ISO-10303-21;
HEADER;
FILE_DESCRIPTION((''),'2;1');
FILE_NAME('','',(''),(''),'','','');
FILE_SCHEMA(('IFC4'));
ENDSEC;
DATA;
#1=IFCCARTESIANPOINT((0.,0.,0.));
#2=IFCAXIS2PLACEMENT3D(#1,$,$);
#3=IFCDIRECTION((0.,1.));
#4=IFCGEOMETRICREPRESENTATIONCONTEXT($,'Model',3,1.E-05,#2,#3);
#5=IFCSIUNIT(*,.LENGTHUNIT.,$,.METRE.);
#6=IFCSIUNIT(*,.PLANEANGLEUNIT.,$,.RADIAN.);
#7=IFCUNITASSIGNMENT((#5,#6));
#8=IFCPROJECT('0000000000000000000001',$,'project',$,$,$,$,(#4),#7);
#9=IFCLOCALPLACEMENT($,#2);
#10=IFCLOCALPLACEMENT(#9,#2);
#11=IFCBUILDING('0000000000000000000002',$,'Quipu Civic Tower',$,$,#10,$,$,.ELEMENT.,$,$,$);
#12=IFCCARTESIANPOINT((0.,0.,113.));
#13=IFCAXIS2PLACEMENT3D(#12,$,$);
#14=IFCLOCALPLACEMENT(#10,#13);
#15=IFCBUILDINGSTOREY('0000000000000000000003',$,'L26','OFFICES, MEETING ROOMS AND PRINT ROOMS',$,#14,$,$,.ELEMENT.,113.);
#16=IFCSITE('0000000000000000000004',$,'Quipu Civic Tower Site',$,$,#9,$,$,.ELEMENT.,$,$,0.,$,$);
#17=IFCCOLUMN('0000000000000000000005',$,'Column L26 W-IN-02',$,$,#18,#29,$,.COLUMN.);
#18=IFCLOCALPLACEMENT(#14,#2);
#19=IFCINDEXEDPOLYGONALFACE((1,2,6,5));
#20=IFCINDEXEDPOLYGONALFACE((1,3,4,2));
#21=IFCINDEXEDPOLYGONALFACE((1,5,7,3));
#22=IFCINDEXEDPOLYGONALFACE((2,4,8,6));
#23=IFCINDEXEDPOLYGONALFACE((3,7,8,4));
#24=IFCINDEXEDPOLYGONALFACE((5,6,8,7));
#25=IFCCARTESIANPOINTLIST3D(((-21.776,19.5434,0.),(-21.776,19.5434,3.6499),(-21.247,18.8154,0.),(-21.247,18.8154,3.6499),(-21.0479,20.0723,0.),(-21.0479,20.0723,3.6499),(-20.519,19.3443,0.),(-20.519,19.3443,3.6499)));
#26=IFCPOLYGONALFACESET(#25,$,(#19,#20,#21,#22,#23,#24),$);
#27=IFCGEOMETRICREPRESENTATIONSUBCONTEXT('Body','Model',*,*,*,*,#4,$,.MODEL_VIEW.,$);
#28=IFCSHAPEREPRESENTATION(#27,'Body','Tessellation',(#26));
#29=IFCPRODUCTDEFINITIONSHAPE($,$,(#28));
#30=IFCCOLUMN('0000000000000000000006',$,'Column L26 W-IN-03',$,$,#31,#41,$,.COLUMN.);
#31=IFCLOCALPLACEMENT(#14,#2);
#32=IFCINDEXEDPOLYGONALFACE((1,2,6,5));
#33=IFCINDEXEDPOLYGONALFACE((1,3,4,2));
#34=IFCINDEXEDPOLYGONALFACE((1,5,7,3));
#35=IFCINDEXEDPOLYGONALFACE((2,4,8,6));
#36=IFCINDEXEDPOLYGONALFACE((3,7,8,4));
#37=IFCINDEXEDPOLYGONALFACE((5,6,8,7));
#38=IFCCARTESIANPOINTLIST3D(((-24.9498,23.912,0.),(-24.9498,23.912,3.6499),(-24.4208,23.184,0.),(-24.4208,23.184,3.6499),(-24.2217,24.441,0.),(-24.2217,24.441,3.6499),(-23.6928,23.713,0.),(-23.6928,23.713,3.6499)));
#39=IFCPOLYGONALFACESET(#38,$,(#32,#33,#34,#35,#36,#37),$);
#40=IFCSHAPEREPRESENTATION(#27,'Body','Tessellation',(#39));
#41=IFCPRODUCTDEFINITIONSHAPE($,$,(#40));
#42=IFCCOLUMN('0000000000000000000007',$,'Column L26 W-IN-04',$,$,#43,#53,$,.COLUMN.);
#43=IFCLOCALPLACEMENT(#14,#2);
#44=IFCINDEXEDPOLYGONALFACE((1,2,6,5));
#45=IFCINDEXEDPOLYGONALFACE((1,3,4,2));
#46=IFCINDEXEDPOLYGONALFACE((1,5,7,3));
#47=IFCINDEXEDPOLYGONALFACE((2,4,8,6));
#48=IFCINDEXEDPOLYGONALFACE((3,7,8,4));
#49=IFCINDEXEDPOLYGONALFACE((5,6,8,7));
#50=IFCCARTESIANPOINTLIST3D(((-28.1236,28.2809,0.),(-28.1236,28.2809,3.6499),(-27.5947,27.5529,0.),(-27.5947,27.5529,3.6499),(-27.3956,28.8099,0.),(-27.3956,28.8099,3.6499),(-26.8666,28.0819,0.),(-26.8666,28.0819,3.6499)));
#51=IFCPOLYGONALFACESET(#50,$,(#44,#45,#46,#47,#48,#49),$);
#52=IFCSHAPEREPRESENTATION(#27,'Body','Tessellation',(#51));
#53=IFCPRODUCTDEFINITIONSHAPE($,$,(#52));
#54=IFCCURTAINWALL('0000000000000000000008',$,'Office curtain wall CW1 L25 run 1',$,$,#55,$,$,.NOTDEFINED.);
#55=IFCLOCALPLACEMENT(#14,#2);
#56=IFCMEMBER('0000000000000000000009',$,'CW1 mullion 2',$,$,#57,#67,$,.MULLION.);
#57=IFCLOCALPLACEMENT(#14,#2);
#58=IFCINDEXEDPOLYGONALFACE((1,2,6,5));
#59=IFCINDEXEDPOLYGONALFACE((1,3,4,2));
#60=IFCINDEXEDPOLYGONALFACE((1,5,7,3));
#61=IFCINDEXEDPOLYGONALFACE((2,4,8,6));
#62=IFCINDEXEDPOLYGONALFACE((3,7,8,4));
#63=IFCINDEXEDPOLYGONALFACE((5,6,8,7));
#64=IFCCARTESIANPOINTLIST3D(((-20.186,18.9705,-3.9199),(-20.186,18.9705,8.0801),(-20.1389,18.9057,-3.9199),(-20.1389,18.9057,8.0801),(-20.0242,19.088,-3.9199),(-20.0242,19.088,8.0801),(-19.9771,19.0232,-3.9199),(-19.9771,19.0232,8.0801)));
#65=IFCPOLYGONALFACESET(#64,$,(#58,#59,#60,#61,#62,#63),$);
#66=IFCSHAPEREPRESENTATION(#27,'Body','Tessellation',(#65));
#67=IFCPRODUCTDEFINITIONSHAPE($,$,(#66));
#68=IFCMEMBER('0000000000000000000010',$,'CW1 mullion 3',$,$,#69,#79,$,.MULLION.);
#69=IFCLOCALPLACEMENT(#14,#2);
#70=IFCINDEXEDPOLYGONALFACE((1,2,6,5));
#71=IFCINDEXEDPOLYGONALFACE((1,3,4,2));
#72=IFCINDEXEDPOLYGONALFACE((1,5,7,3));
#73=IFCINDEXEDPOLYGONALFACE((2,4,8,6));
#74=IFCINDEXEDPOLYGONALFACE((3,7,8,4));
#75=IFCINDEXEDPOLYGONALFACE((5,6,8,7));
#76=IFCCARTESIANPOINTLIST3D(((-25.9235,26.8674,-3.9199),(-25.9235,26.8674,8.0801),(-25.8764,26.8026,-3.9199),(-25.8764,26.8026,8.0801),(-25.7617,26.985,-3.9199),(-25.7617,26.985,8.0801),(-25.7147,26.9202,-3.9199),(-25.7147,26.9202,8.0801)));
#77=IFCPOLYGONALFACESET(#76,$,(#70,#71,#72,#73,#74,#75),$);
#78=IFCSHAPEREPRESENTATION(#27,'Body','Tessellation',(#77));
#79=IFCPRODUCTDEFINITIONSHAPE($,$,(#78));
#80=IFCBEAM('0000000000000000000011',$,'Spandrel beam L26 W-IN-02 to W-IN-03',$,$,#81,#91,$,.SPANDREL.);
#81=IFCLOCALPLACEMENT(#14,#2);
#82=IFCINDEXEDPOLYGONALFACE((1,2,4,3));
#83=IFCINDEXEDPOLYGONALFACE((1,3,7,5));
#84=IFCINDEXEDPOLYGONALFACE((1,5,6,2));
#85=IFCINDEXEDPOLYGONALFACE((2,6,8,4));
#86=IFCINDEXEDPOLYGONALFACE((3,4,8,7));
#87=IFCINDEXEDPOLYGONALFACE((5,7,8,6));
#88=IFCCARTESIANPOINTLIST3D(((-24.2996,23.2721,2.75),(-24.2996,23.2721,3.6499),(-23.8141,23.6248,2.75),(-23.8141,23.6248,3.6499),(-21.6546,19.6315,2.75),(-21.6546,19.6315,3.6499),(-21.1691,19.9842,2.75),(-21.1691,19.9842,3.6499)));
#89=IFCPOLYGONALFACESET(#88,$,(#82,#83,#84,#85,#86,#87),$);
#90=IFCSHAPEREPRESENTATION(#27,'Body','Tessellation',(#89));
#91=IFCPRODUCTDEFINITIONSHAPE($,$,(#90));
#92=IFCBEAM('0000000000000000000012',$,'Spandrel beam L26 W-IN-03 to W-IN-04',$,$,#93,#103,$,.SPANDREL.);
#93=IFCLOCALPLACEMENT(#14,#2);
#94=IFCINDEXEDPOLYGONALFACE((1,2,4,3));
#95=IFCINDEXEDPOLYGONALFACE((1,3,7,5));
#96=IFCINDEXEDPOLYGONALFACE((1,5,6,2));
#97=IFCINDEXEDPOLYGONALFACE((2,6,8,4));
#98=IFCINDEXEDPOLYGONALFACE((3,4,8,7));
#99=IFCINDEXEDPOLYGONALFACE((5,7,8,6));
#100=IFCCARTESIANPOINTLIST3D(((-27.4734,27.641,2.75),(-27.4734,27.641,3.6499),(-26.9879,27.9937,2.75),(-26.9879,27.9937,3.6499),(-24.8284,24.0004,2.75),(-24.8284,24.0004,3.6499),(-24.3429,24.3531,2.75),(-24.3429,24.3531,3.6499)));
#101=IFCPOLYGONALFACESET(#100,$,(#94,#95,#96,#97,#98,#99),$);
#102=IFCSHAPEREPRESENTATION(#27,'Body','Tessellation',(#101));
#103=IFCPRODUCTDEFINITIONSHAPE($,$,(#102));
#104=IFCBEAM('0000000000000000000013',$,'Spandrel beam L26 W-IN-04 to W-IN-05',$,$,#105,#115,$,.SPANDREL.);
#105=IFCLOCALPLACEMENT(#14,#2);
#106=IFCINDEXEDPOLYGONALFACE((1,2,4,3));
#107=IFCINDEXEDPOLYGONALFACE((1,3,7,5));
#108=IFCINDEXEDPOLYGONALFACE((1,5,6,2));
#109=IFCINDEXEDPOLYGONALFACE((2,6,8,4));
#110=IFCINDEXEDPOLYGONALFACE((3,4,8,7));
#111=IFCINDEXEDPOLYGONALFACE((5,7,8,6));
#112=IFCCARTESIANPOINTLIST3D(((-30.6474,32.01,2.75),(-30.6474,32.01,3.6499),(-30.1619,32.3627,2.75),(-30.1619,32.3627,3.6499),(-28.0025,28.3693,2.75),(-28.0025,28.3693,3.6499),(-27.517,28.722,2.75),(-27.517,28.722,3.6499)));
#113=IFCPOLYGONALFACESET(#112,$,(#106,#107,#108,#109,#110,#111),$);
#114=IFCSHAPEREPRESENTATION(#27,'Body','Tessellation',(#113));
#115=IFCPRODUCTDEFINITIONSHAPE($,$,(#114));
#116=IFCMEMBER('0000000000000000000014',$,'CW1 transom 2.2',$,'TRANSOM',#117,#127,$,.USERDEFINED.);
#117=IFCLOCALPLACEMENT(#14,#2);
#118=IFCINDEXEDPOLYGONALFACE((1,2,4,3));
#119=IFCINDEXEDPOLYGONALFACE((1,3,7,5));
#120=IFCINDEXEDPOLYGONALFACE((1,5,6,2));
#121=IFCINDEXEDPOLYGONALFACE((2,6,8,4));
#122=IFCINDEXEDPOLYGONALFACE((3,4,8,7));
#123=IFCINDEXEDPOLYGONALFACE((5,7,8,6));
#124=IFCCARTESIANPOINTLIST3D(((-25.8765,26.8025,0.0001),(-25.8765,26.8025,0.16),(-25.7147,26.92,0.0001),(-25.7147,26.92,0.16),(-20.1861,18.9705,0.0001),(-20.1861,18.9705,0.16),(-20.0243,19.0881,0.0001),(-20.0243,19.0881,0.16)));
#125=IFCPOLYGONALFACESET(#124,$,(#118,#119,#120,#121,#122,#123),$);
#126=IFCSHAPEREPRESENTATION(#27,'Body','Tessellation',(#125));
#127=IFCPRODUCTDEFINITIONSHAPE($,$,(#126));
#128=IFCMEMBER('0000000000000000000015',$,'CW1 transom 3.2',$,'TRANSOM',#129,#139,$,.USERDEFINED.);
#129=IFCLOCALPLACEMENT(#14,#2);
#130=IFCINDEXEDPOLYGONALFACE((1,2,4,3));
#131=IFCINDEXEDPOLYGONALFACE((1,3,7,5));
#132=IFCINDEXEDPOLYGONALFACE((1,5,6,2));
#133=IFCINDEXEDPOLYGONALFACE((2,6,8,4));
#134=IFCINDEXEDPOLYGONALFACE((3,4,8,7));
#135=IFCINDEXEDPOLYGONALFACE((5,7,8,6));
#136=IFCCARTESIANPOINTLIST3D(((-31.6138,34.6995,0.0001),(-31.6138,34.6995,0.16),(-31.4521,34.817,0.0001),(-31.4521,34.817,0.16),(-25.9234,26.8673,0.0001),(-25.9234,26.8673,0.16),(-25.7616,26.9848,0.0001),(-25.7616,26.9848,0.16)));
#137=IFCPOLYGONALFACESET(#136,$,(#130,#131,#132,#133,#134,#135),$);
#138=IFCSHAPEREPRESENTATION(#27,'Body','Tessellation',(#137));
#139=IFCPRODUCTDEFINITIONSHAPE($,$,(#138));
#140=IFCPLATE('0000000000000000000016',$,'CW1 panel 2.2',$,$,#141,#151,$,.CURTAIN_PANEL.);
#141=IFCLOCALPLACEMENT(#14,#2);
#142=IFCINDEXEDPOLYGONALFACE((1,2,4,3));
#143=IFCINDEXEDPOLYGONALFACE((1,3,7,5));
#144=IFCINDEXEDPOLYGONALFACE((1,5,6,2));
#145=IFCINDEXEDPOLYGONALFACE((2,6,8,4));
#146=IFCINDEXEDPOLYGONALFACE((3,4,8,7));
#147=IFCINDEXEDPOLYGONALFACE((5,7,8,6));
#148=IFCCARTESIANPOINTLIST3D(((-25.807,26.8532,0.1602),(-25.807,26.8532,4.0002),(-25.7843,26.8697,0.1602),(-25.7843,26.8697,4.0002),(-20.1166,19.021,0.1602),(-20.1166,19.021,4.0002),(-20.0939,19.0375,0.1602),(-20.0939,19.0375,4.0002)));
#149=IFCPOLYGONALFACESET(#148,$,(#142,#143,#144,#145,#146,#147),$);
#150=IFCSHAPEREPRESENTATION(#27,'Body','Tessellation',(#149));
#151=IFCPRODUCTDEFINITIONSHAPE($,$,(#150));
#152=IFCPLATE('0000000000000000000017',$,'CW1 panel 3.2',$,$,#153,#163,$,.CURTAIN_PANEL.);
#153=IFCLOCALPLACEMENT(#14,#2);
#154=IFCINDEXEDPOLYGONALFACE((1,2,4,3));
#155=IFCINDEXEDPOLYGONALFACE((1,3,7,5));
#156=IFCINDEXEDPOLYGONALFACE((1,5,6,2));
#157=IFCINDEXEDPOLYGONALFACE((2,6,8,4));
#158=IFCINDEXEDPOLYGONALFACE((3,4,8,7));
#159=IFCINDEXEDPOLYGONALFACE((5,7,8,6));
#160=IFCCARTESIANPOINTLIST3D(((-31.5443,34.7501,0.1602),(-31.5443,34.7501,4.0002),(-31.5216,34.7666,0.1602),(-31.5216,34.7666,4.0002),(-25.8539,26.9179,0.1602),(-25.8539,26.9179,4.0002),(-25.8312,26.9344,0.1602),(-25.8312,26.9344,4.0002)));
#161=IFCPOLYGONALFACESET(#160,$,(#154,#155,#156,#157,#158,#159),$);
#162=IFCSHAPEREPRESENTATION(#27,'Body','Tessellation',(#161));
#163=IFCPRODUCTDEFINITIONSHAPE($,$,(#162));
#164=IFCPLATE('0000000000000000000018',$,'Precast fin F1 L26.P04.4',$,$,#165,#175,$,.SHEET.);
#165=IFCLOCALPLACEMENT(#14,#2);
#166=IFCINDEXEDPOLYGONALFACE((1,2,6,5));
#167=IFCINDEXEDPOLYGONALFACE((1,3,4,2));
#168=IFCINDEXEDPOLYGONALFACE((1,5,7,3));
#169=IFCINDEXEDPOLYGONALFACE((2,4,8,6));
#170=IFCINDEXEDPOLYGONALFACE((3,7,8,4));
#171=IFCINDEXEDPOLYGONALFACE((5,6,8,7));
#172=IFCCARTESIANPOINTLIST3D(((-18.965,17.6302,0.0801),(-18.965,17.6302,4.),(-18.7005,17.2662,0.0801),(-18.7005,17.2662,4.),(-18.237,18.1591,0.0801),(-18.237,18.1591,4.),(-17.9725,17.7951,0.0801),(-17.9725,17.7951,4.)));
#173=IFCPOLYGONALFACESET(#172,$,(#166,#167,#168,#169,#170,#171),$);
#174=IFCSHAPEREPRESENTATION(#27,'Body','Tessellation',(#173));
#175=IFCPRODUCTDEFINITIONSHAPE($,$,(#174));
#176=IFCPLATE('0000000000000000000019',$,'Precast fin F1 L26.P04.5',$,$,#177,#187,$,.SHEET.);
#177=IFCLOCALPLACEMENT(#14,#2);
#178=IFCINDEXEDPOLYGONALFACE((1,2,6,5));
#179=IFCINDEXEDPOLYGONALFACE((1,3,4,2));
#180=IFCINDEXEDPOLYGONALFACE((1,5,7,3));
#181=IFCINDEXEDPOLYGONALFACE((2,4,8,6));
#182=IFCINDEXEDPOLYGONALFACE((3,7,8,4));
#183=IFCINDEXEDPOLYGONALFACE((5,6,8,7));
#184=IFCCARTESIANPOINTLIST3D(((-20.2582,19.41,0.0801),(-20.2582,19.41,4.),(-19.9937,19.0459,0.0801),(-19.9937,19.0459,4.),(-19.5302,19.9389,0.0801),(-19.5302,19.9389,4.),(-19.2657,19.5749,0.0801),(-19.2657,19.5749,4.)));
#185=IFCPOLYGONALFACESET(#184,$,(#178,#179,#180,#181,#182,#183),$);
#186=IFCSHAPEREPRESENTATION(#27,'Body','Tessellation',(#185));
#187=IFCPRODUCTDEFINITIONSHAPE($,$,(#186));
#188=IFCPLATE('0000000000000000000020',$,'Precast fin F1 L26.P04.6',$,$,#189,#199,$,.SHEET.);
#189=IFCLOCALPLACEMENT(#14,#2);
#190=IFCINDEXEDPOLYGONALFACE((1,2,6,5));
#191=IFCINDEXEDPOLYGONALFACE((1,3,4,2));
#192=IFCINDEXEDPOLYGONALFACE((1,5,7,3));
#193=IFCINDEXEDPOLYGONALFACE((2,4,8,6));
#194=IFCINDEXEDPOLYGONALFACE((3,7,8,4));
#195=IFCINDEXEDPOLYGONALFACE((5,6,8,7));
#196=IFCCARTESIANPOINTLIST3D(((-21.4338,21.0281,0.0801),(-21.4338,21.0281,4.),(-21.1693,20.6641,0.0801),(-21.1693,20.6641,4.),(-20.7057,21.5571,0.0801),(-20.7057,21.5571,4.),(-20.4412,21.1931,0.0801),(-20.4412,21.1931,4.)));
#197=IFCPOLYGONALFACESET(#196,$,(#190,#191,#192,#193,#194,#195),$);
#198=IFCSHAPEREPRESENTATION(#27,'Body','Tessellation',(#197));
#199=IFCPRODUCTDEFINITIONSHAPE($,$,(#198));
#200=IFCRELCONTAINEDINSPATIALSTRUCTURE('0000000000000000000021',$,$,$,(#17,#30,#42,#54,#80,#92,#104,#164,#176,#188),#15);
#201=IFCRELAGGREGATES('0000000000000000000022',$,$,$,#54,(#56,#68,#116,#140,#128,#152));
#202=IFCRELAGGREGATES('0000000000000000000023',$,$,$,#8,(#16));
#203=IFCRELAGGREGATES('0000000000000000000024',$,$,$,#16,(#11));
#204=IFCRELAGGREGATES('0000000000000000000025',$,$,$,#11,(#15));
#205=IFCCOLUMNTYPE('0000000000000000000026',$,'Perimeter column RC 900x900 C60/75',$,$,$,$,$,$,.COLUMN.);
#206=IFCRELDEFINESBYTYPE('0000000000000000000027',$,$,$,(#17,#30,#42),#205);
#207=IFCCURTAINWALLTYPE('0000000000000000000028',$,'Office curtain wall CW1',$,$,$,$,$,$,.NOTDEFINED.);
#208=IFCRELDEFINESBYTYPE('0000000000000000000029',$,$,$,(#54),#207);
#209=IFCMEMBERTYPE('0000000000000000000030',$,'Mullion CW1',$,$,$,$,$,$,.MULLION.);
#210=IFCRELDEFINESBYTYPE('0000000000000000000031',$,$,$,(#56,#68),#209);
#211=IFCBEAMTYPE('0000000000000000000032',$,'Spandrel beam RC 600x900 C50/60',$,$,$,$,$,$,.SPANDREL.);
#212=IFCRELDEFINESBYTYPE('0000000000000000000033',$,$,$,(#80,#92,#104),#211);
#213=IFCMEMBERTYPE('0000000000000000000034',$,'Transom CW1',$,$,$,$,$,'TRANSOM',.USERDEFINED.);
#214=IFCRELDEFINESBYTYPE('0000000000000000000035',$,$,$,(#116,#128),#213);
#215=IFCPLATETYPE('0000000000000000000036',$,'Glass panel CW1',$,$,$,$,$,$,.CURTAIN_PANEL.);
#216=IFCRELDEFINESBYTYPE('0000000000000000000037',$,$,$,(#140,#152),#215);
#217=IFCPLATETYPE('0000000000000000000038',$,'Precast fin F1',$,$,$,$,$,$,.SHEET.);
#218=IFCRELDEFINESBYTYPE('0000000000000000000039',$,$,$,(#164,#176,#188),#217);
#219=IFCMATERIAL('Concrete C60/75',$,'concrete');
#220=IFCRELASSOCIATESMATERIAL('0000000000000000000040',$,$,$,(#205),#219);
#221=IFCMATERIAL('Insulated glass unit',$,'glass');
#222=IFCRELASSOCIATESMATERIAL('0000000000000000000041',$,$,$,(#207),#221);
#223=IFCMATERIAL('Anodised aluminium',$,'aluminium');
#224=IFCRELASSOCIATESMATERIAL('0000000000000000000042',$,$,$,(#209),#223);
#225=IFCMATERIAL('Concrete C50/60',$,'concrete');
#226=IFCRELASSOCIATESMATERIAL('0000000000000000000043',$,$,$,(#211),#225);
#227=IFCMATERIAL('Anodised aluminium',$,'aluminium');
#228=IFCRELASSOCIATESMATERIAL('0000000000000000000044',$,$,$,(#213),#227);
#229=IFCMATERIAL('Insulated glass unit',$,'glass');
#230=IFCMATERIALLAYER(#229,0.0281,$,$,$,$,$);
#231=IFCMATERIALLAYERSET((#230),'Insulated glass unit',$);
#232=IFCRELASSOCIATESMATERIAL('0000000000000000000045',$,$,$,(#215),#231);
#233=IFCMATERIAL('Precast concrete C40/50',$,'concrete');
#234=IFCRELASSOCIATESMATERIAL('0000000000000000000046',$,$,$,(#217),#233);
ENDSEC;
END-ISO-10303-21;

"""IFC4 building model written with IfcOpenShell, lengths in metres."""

from ifc_helpers import new_model, si_unit, direction, frame, origin, origin_2d, place, context, subcontext, project, spatial, rectangle, extrude, material, layer, layer_set, material_profile, profile_set, type_object, element, aggregate, save


model = new_model("IFC4")

# Units and contexts
model_context = context("Model", 3, precision=1e-05, world=origin(), true_north=direction((0.0, 1.0)))
body_context = subcontext(model_context, "Body", "Model", "MODEL_VIEW")
ifc_project = project(units=[si_unit("LENGTHUNIT", "METRE"), si_unit("PLANEANGLEUNIT", "RADIAN")], contexts=[model_context])

# Site, building, storey
site_placement = place(None, origin())
site = spatial("IfcSite", under=ifc_project, at=site_placement, Name="Quipu Civic Tower Site", CompositionType="ELEMENT", RefElevation=0.0)
building_placement = place(site_placement, origin())
building = spatial("IfcBuilding", under=site, at=building_placement, Name="Quipu Civic Tower", CompositionType="ELEMENT")
storey_placement = place(building_placement, frame((0.0, 0.0, 113.0)))
storey = spatial("IfcBuildingStorey", under=building, at=storey_placement, Name="L26", Description="OFFICES, MEETING ROOMS AND PRINT ROOMS", CompositionType="ELEMENT", Elevation=113.0)

# Columns
ifc_material_1 = material(Name="Concrete C60/75", Category="concrete")
ifc_material_profile_1 = material_profile(ifc_material_1, rectangle(XDim=0.8999, YDim=0.8999, at=origin_2d()), Name="RC900x900")
ifc_profile_set_1 = profile_set([ifc_material_profile_1], Name="Concrete C60/75")
column_type = type_object("IfcColumnType", Name="Perimeter column RC 900x900 C60/75", PredefinedType="COLUMN", material=ifc_profile_set_1)
for number, where, z_axis, x_axis, name in (
    (1, (-21.1475, 19.4438, 0.0), (0.0, 0.0, 1.0), (-0.587785, 0.809017, 0.0), "Column L26 W-IN-02"),
    (2, (-24.3213, 23.8125, 0.0), (0.0, 0.0, 1.0), (-0.587785, 0.809017, 0.0), "Column L26 W-IN-03"),
    (3, (-27.4951, 28.1814, 0.0), (0.0, 0.0, 1.0), (-0.587785, 0.809017, 0.0), "Column L26 W-IN-04"),
):
    element("IfcColumn", number, at=place(storey_placement, frame(where, z_axis=z_axis, x_axis=x_axis)), inside=storey, type_object=column_type, Name=name, PredefinedType="COLUMN", context=body_context, shape_type="SweptSolid", body=[
        extrude(rectangle(XDim=0.8999, YDim=0.8999, at=origin_2d()), origin(), (0.0, 0.0, 1.0), 3.6499),
    ])

# Curtain wall, members
ifc_material_2 = material(Name="Insulated glass unit", Category="glass")
curtain_wall_type = type_object("IfcCurtainWallType", Name="Office curtain wall CW1", PredefinedType="NOTDEFINED", material=ifc_material_2)
curtain_wall_placement = place(storey_placement, origin())
curtain_wall = element("IfcCurtainWall", 4, at=curtain_wall_placement, inside=storey, type_object=curtain_wall_type, Name="Office curtain wall CW1 L25 run 1", PredefinedType="NOTDEFINED")
ifc_material_3 = material(Name="Anodised aluminium", Category="aluminium")
ifc_material_profile_2 = material_profile(ifc_material_3, rectangle(XDim=0.2, YDim=0.0801, at=origin_2d()), Name="RECT 200x80")
ifc_profile_set_2 = profile_set([ifc_material_profile_2], Name="Anodised aluminium")
member_type_1 = type_object("IfcMemberType", Name="Mullion CW1", PredefinedType="MULLION", material=ifc_profile_set_2)
member_1_placement = place(storey_placement, frame((-20.0815, 18.9968, -3.9199), z_axis=(0.0, 0.0, 1.0), x_axis=(-0.809017, -0.587786, 0.0)))
member_1 = element("IfcMember", 5, at=member_1_placement, type_object=member_type_1, Name="CW1 mullion 2", PredefinedType="MULLION", context=body_context, shape_type="SweptSolid", body=[
    extrude(rectangle(XDim=0.2, YDim=0.0801, at=origin_2d()), origin(), (0.0, 0.0, 1.0), 12.0),
])
member_2_placement = place(storey_placement, frame((-25.8191, 26.8938, -3.9199), z_axis=(0.0, 0.0, 1.0), x_axis=(-0.809017, -0.587786, 0.0)))
member_2 = element("IfcMember", 6, at=member_2_placement, type_object=member_type_1, Name="CW1 mullion 3", PredefinedType="MULLION", context=body_context, shape_type="SweptSolid", body=[
    extrude(rectangle(XDim=0.2, YDim=0.0801, at=origin_2d()), origin(), (0.0, 0.0, 1.0), 12.0),
])

# Beams
ifc_material_4 = material(Name="Concrete C50/60", Category="concrete")
ifc_material_profile_3 = material_profile(ifc_material_4, rectangle(XDim=0.6001, YDim=0.8999, at=origin_2d()), Name="RC600x900")
ifc_profile_set_3 = profile_set([ifc_material_profile_3], Name="Concrete C50/60")
beam_type = type_object("IfcBeamType", Name="Spandrel beam RC 600x900 C50/60", PredefinedType="SPANDREL", material=ifc_profile_set_3)
for number, where, z_axis, x_axis, name in (
    (7, (-21.4119, 19.8079, 3.2), (-0.587778, 0.809022, 0.0), (-0.809022, -0.587778, 0.0), "Spandrel beam L26 W-IN-02 to W-IN-03"),
    (8, (-24.5857, 24.1768, 3.2), (-0.587778, 0.809022, 0.0), (-0.809022, -0.587778, 0.0), "Spandrel beam L26 W-IN-03 to W-IN-04"),
    (9, (-27.7598, 28.5457, 3.2), (-0.587743, 0.809048, 0.0), (-0.809048, -0.587743, 0.0), "Spandrel beam L26 W-IN-04 to W-IN-05"),
):
    element("IfcBeam", number, at=place(storey_placement, frame(where, z_axis=z_axis, x_axis=x_axis)), inside=storey, type_object=beam_type, Name=name, PredefinedType="SPANDREL", context=body_context, shape_type="SweptSolid", body=[
        extrude(rectangle(XDim=0.6001, YDim=0.8999, at=origin_2d()), origin(), (0.0, 0.0, 1.0), 4.5),
    ])

# Members
ifc_material_5 = material(Name="Anodised aluminium", Category="aluminium")
ifc_material_profile_4 = material_profile(ifc_material_5, rectangle(XDim=0.2, YDim=0.1599, at=origin_2d()), Name="RECT 200x160")
ifc_profile_set_4 = profile_set([ifc_material_profile_4], Name="Anodised aluminium")
member_type_2 = type_object("IfcMemberType", Name="Transom CW1", ElementType="TRANSOM", PredefinedType="USERDEFINED", material=ifc_profile_set_4)
member_3_placement = place(storey_placement, frame((-20.1052, 19.0293, 0.0801), z_axis=(-0.587794, 0.809011, 0.0), x_axis=(-0.809011, -0.587794, 0.0)))
member_3 = element("IfcMember", 10, at=member_3_placement, type_object=member_type_2, Name="CW1 transom 2.2", ObjectType="TRANSOM", PredefinedType="USERDEFINED", context=body_context, shape_type="SweptSolid", body=[
    extrude(rectangle(XDim=0.2, YDim=0.1599, at=origin_2d()), origin(), (0.0, 0.0, 1.0), 9.6809),
])
member_4_placement = place(storey_placement, frame((-25.8425, 26.926, 0.0801), z_axis=(-0.587782, 0.80902, 0.0), x_axis=(-0.80902, -0.587782, 0.0)))
member_4 = element("IfcMember", 11, at=member_4_placement, type_object=member_type_2, Name="CW1 transom 3.2", ObjectType="TRANSOM", PredefinedType="USERDEFINED", context=body_context, shape_type="SweptSolid", body=[
    extrude(rectangle(XDim=0.2, YDim=0.1599, at=origin_2d()), origin(), (0.0, 0.0, 1.0), 9.6812),
])

# Plates
ifc_material_6 = material(Name="Insulated glass unit", Category="glass")
ifc_layer_1 = layer(ifc_material_6, 0.0281)
ifc_layer_set_1 = layer_set([ifc_layer_1], Name="Insulated glass unit")
plate_type_1 = type_object("IfcPlateType", Name="Glass panel CW1", PredefinedType="CURTAIN_PANEL", material=ifc_layer_set_1)
plate_1_placement = place(storey_placement, frame((-22.9504, 22.9453, 0.1602), z_axis=(0.0, 0.0, 1.0), x_axis=(-0.587786, 0.809017, 0.0)))
plate_1 = element("IfcPlate", 12, at=plate_1_placement, type_object=plate_type_1, Name="CW1 panel 2.2", PredefinedType="CURTAIN_PANEL", context=body_context, shape_type="SweptSolid", body=[
    extrude(rectangle(XDim=9.6812, YDim=0.0281, at=origin_2d()), origin(), (0.0, 0.0, 1.0), 3.8401),
])
plate_2_placement = place(storey_placement, frame((-28.6877, 30.8423, 0.1602), z_axis=(0.0, 0.0, 1.0), x_axis=(-0.587786, 0.809017, 0.0)))
plate_2 = element("IfcPlate", 13, at=plate_2_placement, type_object=plate_type_1, Name="CW1 panel 3.2", PredefinedType="CURTAIN_PANEL", context=body_context, shape_type="SweptSolid", body=[
    extrude(rectangle(XDim=9.6812, YDim=0.0281, at=origin_2d()), origin(), (0.0, 0.0, 1.0), 3.8401),
])
aggregate(curtain_wall, [member_1, member_2, member_3, plate_1, member_4, plate_2])

# Plates
ifc_material_7 = material(Name="Precast concrete C40/50", Category="concrete")
plate_type_2 = type_object("IfcPlateType", Name="Precast fin F1", PredefinedType="SHEET", material=ifc_material_7)
for number, where, z_axis, x_axis, name in (
    (14, (-18.4688, 17.7126, 0.0801), (0.0, 0.0, 1.0), (-0.587785, 0.809017, 0.0), "Precast fin F1 L26.P04.4"),
    (15, (-19.762, 19.4924, 0.0801), (0.0, 0.0, 1.0), (-0.587785, 0.809017, 0.0), "Precast fin F1 L26.P04.5"),
    (16, (-20.9375, 21.1106, 0.0801), (0.0, 0.0, 1.0), (-0.587785, 0.809017, 0.0), "Precast fin F1 L26.P04.6"),
):
    element("IfcPlate", number, at=place(storey_placement, frame(where, z_axis=z_axis, x_axis=x_axis)), inside=storey, type_object=plate_type_2, Name=name, PredefinedType="SHEET", context=body_context, shape_type="SweptSolid", body=[
        extrude(rectangle(XDim=0.45, YDim=0.8999, at=origin_2d()), origin(), (0.0, 0.0, 1.0), 3.9199),
    ])

save(model, "model.ifc")
